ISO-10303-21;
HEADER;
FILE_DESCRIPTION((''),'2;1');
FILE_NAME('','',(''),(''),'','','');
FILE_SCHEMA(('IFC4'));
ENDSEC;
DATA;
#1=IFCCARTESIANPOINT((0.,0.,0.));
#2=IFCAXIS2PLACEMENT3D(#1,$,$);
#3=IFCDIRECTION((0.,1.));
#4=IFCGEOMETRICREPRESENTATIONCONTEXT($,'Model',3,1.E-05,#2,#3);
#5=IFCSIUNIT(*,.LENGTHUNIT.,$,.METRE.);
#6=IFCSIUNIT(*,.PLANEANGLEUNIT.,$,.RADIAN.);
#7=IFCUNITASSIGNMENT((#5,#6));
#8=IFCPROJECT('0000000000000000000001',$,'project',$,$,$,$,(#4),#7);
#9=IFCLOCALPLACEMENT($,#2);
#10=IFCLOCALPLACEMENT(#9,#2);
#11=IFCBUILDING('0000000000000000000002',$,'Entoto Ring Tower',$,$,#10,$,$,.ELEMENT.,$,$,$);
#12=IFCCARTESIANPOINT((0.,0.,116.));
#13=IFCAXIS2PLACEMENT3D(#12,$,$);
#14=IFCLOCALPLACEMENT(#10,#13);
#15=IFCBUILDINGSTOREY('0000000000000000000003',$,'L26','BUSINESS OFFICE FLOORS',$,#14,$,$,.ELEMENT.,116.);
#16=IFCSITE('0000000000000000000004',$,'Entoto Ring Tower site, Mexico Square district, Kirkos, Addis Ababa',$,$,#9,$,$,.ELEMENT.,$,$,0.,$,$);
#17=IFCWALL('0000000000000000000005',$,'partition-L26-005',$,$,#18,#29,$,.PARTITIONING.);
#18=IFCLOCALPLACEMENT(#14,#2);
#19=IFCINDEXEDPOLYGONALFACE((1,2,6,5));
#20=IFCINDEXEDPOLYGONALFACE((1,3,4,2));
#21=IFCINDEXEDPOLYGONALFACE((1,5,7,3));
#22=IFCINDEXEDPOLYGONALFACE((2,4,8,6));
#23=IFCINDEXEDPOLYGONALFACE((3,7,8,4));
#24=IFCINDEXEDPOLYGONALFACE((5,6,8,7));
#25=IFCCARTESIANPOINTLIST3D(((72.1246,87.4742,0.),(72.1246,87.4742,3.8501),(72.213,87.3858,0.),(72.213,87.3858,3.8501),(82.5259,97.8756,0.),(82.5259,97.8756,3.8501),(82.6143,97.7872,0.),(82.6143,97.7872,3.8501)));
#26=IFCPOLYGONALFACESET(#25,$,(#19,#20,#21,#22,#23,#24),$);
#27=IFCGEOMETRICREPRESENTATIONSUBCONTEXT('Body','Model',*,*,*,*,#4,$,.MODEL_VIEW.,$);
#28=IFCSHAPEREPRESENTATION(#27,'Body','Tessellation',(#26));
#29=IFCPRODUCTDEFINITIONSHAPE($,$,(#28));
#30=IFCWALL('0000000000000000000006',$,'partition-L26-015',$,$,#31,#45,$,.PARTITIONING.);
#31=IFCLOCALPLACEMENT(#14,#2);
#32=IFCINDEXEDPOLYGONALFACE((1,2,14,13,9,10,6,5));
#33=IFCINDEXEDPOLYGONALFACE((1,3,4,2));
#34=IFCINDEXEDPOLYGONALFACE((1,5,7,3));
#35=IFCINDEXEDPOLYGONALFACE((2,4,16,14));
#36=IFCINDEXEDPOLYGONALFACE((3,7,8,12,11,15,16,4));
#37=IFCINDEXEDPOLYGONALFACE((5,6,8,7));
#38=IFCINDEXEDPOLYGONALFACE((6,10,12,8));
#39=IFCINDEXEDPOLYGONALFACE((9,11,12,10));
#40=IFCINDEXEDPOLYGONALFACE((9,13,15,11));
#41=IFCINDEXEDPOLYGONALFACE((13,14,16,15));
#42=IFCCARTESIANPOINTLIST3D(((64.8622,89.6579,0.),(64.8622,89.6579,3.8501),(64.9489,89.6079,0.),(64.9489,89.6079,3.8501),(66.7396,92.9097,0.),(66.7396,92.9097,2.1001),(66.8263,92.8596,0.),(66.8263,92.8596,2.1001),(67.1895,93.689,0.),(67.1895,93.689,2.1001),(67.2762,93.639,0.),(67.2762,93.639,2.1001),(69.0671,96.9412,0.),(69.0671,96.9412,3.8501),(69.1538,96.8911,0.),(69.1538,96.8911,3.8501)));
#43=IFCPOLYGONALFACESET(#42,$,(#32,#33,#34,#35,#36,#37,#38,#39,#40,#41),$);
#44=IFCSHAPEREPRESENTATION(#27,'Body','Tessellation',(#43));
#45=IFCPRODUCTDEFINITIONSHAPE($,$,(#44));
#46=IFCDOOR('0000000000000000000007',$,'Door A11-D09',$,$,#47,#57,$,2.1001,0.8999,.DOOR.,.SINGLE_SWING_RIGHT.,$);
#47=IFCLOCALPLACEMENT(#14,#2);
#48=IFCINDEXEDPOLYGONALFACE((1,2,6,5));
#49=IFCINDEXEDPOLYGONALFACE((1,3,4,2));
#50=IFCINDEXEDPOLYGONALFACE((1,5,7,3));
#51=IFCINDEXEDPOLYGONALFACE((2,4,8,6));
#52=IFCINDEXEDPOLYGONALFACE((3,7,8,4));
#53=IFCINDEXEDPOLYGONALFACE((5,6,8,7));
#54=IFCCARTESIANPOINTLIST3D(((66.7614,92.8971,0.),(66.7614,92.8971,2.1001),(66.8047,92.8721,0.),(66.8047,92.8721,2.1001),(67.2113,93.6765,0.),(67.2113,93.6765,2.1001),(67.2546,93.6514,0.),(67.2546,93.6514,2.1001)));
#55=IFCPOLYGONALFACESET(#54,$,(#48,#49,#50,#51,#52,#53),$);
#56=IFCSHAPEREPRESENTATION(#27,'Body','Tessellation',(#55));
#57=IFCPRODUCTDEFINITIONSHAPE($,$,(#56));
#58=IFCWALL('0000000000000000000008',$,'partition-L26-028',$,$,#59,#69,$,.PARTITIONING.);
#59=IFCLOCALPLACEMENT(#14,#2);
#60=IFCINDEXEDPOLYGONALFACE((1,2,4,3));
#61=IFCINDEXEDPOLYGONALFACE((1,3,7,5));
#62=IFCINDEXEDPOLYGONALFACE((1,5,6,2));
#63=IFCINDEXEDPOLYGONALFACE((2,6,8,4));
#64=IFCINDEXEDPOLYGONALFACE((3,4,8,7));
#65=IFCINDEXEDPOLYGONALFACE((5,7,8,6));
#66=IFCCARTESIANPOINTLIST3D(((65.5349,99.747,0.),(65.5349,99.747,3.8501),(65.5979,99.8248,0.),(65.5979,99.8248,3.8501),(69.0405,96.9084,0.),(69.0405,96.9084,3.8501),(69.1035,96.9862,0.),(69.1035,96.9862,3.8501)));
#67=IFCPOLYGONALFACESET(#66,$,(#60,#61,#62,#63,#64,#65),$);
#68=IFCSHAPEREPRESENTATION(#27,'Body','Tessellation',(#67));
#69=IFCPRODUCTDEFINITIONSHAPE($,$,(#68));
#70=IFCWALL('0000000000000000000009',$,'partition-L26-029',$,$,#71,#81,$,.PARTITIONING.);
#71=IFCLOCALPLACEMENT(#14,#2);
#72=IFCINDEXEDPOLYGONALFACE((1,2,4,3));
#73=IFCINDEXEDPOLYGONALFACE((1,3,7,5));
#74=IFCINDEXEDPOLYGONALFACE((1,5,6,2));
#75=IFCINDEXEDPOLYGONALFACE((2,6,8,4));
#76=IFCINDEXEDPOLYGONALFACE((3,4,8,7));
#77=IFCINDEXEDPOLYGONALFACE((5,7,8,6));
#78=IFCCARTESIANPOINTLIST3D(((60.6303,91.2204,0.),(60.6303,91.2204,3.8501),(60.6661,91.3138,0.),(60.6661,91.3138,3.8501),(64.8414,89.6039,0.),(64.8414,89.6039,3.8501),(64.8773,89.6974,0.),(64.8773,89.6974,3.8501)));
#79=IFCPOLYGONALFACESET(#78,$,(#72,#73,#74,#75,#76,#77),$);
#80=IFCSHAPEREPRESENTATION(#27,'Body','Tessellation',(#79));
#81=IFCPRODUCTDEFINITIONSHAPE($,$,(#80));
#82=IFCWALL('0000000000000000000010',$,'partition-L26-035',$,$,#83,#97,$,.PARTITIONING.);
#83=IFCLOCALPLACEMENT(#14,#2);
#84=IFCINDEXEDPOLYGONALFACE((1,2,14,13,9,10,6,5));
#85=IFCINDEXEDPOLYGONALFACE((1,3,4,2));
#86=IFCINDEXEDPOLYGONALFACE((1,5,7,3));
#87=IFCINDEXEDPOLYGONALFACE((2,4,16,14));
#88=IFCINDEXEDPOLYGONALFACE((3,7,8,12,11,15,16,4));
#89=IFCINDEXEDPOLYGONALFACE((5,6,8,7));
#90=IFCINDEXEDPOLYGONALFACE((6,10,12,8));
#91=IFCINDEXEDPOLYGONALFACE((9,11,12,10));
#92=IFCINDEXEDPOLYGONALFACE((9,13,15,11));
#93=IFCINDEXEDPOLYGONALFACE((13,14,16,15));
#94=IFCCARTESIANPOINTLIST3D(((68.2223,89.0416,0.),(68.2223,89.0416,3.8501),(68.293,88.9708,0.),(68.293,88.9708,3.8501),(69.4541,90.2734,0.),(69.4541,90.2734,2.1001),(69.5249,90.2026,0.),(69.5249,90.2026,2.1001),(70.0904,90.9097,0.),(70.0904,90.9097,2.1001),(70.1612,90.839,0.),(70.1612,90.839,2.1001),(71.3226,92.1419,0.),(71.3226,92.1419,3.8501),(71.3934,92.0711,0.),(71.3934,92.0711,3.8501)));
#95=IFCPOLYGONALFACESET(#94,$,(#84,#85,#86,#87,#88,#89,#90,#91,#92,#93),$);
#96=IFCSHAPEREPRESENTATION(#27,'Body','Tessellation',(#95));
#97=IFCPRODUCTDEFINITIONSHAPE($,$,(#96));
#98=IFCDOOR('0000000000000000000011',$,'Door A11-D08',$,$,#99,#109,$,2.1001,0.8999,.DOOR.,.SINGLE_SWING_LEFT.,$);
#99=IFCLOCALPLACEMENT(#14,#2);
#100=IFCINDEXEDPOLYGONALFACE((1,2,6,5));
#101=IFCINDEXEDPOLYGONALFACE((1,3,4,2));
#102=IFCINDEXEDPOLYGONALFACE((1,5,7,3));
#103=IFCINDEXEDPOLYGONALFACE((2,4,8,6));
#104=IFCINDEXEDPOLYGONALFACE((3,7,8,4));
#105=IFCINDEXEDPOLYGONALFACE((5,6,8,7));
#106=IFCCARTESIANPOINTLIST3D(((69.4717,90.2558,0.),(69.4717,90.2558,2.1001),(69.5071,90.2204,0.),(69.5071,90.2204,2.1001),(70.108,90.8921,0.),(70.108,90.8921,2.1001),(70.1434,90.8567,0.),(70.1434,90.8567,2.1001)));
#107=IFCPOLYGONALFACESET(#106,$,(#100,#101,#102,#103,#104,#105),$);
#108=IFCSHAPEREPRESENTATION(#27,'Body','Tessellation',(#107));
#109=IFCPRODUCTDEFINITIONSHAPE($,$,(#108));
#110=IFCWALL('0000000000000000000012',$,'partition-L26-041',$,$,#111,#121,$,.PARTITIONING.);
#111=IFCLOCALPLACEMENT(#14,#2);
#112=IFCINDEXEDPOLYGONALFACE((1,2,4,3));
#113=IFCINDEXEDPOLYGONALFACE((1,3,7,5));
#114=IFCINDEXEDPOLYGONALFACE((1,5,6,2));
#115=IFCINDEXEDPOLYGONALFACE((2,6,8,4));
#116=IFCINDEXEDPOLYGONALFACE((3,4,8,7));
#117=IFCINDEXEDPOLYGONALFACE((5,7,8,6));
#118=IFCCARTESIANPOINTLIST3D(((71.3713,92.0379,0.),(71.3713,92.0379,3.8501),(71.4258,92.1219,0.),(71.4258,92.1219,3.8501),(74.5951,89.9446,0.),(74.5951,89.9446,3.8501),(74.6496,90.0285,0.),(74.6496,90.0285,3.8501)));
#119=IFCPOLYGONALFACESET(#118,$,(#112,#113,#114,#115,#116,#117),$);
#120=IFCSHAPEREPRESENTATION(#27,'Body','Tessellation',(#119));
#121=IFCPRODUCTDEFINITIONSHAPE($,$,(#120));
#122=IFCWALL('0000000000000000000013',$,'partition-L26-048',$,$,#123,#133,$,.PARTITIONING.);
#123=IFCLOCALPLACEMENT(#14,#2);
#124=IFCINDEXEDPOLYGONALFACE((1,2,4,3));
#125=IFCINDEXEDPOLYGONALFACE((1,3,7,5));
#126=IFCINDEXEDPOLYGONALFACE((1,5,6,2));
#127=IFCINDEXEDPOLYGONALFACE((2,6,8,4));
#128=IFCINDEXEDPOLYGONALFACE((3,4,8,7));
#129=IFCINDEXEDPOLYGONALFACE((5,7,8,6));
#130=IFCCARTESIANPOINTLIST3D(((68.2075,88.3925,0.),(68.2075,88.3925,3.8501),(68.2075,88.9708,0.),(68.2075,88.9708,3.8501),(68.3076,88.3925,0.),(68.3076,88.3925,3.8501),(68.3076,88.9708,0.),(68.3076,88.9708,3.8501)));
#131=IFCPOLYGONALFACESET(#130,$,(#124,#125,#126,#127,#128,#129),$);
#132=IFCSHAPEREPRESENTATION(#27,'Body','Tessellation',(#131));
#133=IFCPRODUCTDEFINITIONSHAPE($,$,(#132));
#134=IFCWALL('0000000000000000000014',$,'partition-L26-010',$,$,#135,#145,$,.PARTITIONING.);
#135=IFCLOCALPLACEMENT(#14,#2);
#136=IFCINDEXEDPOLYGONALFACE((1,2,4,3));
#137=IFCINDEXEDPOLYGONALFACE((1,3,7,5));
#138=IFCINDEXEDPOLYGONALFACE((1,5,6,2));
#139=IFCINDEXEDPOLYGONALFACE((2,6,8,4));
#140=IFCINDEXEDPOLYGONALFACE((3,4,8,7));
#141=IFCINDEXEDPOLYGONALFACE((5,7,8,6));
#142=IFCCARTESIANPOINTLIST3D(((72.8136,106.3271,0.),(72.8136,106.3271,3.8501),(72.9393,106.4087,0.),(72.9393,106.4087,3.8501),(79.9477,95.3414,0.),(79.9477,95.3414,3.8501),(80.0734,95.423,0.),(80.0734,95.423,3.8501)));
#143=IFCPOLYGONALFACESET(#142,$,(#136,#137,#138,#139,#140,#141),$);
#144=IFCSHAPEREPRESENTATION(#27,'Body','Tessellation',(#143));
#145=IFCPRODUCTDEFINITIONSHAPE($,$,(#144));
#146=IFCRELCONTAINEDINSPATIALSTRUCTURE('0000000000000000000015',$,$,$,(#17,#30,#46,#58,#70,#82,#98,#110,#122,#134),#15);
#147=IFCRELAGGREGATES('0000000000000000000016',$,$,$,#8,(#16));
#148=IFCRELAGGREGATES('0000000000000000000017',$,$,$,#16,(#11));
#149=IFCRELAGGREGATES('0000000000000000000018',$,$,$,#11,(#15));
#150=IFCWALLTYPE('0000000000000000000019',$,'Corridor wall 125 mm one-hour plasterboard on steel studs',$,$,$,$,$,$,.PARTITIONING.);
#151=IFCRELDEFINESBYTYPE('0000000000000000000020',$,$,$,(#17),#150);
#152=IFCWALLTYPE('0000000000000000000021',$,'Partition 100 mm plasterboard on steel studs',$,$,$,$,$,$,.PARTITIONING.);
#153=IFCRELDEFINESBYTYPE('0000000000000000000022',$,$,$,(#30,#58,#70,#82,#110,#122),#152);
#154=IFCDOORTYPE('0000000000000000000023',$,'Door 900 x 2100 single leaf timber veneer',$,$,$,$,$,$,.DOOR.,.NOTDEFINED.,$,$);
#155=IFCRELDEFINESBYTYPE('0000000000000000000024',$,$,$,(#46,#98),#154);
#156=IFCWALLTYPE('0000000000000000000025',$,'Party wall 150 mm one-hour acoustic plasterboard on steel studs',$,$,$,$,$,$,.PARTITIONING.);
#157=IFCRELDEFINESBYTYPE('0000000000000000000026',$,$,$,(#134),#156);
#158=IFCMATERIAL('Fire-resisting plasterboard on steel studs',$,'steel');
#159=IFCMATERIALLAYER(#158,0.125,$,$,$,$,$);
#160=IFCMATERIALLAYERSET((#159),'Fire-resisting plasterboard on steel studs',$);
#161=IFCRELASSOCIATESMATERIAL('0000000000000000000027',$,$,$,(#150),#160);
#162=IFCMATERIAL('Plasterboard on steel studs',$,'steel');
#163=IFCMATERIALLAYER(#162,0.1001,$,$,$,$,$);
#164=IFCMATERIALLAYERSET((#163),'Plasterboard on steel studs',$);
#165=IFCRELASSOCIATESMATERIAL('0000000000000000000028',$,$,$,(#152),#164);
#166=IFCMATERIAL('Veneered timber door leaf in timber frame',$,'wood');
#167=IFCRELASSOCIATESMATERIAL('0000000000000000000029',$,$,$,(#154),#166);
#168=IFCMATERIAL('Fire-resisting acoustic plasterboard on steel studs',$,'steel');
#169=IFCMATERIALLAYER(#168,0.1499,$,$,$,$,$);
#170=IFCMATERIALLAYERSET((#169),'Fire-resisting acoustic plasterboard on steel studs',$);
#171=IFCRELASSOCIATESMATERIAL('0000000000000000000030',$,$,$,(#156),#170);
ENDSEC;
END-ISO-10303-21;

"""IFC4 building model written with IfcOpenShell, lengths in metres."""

from ifc_helpers import new_model, si_unit, direction, frame, frame_2d, origin, place, context, subcontext, project, spatial, rectangle, extrude, material, layer, layer_set, type_object, element, fill, save


model = new_model("IFC4")

# Units and contexts
model_context = context("Model", 3, precision=1e-05, world=origin(), true_north=direction((0.0, 1.0)))
body_context = subcontext(model_context, "Body", "Model", "MODEL_VIEW")
ifc_project = project(units=[si_unit("LENGTHUNIT", "METRE"), si_unit("PLANEANGLEUNIT", "RADIAN")], contexts=[model_context])

# Site, building, storey
site_placement = place(None, origin())
site = spatial("IfcSite", under=ifc_project, at=site_placement, Name="Entoto Ring Tower site, Mexico Square district, Kirkos, Addis Ababa", CompositionType="ELEMENT", RefElevation=0.0)
building_placement = place(site_placement, origin())
building = spatial("IfcBuilding", under=site, at=building_placement, Name="Entoto Ring Tower", CompositionType="ELEMENT")
storey_placement = place(building_placement, frame((0.0, 0.0, 116.0)))
storey = spatial("IfcBuildingStorey", under=building, at=storey_placement, Name="L26", Description="BUSINESS OFFICE FLOORS", CompositionType="ELEMENT", Elevation=116.0)

# Shared definitions
ifc_material_1 = material(Name="Fire-resisting plasterboard on steel studs", Category="steel")
ifc_layer_1 = layer(ifc_material_1, 0.125)
ifc_layer_set_1 = layer_set([ifc_layer_1], Name="Fire-resisting plasterboard on steel studs")
wall_type_1 = type_object("IfcWallType", Name="Corridor wall 125 mm one-hour plasterboard on steel studs", PredefinedType="PARTITIONING", material=ifc_layer_set_1)

# Wall
wall_1_placement = place(storey_placement, frame((72.1687, 87.4299, 0.0), z_axis=(0.0, 0.0, 1.0), x_axis=(0.707107, 0.707107, 0.0)))
element("IfcWall", 1, at=wall_1_placement, inside=storey, type_object=wall_type_1, Name="partition-L26-005", PredefinedType="PARTITIONING", context=body_context, shape_type="SweptSolid", body=[
    extrude(rectangle(XDim=14.7097, YDim=0.125, at=frame_2d((7.355, 0.0))), origin(), (0.0, 0.0, 1.0), 3.8501),
])

# Wall, opening, door
ifc_material_2 = material(Name="Plasterboard on steel studs", Category="steel")
ifc_layer_2 = layer(ifc_material_2, 0.1001)
ifc_layer_set_2 = layer_set([ifc_layer_2], Name="Plasterboard on steel studs")
wall_type_2 = type_object("IfcWallType", Name="Partition 100 mm plasterboard on steel studs", PredefinedType="PARTITIONING", material=ifc_layer_set_2)
wall_2_placement = place(storey_placement, frame((64.9055, 89.6328, 0.0), z_axis=(0.0, 0.0, 1.0), x_axis=(0.499989, 0.866032, 0.0)))
wall_2 = element("IfcWall", 2, at=wall_2_placement, inside=storey, type_object=wall_type_2, Name="partition-L26-015", PredefinedType="PARTITIONING", context=body_context, shape_type="SweptSolid", body=[
    extrude(rectangle(XDim=8.4099, YDim=0.1001, at=frame_2d((4.2051, 0.0))), origin(), (0.0, 0.0, 1.0), 3.8501),
])
opening_1_placement = place(wall_2_placement, frame((3.7549, 0.0, 0.0)))
opening_1 = element("IfcOpeningElement", 3, at=opening_1_placement, cuts=wall_2, PredefinedType="OPENING", context=body_context, shape_type="SweptSolid", body=[
    extrude(rectangle(XDim=0.8999, YDim=2.1001, at=frame_2d((0.45, 1.05))), frame((0.0, 0.0601, 0.0), z_axis=(0.0, -1.0, 0.0), x_axis=(1.0, 0.0, 0.0)), (0.0, 0.0, 1.0), 0.1201),
])
ifc_material_3 = material(Name="Veneered timber door leaf in timber frame", Category="wood")
door_type_1 = type_object("IfcDoorType", Name="Door 900 x 2100 single leaf timber veneer", OperationType="NOTDEFINED", PredefinedType="DOOR", material=ifc_material_3)
door_1_placement = place(opening_1_placement, origin())
door_1 = element("IfcDoor", 4, at=door_1_placement, inside=storey, type_object=door_type_1, Name="Door A11-D09", OperationType="SINGLE_SWING_RIGHT", OverallHeight=2.1001, OverallWidth=0.8999, PredefinedType="DOOR", context=body_context, shape_type="SweptSolid", body=[
    extrude(rectangle(XDim=0.8999, YDim=2.1001, at=frame_2d((0.45, 1.05))), frame((0.0, 0.0249, 0.0), z_axis=(0.0, -1.0, 0.0), x_axis=(1.0, 0.0, 0.0)), (0.0, 0.0, 1.0), 0.05),
])
fill(opening_1, door_1)

# Walls
for number, where, z_axis, x_axis, name in (
    (5, (69.072, 96.9473, 0.0), (0.0, 0.0, 1.0), (-0.777164, 0.629298, 0.0), "partition-L26-028"),
    (6, (64.8594, 89.6506, 0.0), (0.0, 0.0, 1.0), (-0.933585, 0.358355, 0.0), "partition-L26-029"),
):
    element("IfcWall", number, at=place(storey_placement, frame(where, z_axis=z_axis, x_axis=x_axis)), inside=storey, type_object=wall_type_2, Name=name, PredefinedType="PARTITIONING", context=body_context, shape_type="SweptSolid", body=[
        extrude(rectangle(XDim=4.5107, YDim=0.1001, at=frame_2d((2.2554, 0.0))), origin(), (0.0, 0.0, 1.0), 3.8501),
    ])

# Wall, opening, door
wall_3_placement = place(storey_placement, frame((68.2576, 89.0061, 0.0), z_axis=(0.0, 0.0, 1.0), x_axis=(0.707107, 0.707107, 0.0)))
wall_3 = element("IfcWall", 7, at=wall_3_placement, inside=storey, type_object=wall_type_2, Name="partition-L26-035", PredefinedType="PARTITIONING", context=body_context, shape_type="SweptSolid", body=[
    extrude(rectangle(XDim=4.3845, YDim=0.1001, at=frame_2d((2.1924, 0.0))), origin(), (0.0, 0.0, 1.0), 3.8501),
])
opening_2_placement = place(wall_3_placement, frame((1.7422, 0.0, 0.0)))
opening_2 = element("IfcOpeningElement", 8, at=opening_2_placement, cuts=wall_3, PredefinedType="OPENING", context=body_context, shape_type="SweptSolid", body=[
    extrude(rectangle(XDim=0.8999, YDim=2.1001, at=frame_2d((0.45, 1.05))), frame((0.0, 0.0601, 0.0), z_axis=(0.0, -1.0, 0.0), x_axis=(1.0, 0.0, 0.0)), (0.0, 0.0, 1.0), 0.1201),
])
door_2_placement = place(opening_2_placement, frame((0.8999, 0.0, 0.0), z_axis=(0.0, 0.0, 1.0), x_axis=(-1.0, 0.0, 0.0)))
door_2 = element("IfcDoor", 9, at=door_2_placement, inside=storey, type_object=door_type_1, Name="Door A11-D08", OperationType="SINGLE_SWING_LEFT", OverallHeight=2.1001, OverallWidth=0.8999, PredefinedType="DOOR", context=body_context, shape_type="SweptSolid", body=[
    extrude(rectangle(XDim=0.8999, YDim=2.1001, at=frame_2d((0.45, 1.05))), frame((0.0, 0.0249, 0.0), z_axis=(0.0, -1.0, 0.0), x_axis=(1.0, 0.0, 0.0)), (0.0, 0.0, 1.0), 0.05),
])
fill(opening_2, door_2)

# Walls
wall_4_placement = place(storey_placement, frame((74.6223, 89.9866, 0.0), z_axis=(0.0, 0.0, 1.0), x_axis=(-0.838693, 0.544604, 0.0)))
element("IfcWall", 10, at=wall_4_placement, inside=storey, type_object=wall_type_2, Name="partition-L26-041", PredefinedType="PARTITIONING", context=body_context, shape_type="SweptSolid", body=[
    extrude(rectangle(XDim=3.8438, YDim=0.1001, at=frame_2d((1.9219, 0.0))), origin(), (0.0, 0.0, 1.0), 3.8501),
])
wall_5_placement = place(storey_placement, frame((68.2576, 88.3926, 0.0), z_axis=(0.0, 0.0, 1.0), x_axis=(0.0, 1.0, 0.0)))
element("IfcWall", 11, at=wall_5_placement, inside=storey, type_object=wall_type_2, Name="partition-L26-048", PredefinedType="PARTITIONING", context=body_context, shape_type="SweptSolid", body=[
    extrude(rectangle(XDim=0.5784, YDim=0.1001, at=frame_2d((0.2891, 0.0))), origin(), (0.0, 0.0, 1.0), 3.8501),
])
ifc_material_4 = material(Name="Fire-resisting acoustic plasterboard on steel studs", Category="steel")
ifc_layer_3 = layer(ifc_material_4, 0.1499)
ifc_layer_set_3 = layer_set([ifc_layer_3], Name="Fire-resisting acoustic plasterboard on steel studs")
wall_type_3 = type_object("IfcWallType", Name="Party wall 150 mm one-hour acoustic plasterboard on steel studs", PredefinedType="PARTITIONING", material=ifc_layer_set_3)
wall_6_placement = place(storey_placement, frame((80.0105, 95.3823, 0.0), z_axis=(0.0, 0.0, 1.0), x_axis=(-0.544634, 0.838674, 0.0)))
element("IfcWall", 12, at=wall_6_placement, inside=storey, type_object=wall_type_3, Name="partition-L26-010", PredefinedType="PARTITIONING", context=body_context, shape_type="SweptSolid", body=[
    extrude(rectangle(XDim=13.0989, YDim=0.1499, at=frame_2d((6.5493, 0.0))), origin(), (0.0, 0.0, 1.0), 3.8501),
])

save(model, "model.ifc")
